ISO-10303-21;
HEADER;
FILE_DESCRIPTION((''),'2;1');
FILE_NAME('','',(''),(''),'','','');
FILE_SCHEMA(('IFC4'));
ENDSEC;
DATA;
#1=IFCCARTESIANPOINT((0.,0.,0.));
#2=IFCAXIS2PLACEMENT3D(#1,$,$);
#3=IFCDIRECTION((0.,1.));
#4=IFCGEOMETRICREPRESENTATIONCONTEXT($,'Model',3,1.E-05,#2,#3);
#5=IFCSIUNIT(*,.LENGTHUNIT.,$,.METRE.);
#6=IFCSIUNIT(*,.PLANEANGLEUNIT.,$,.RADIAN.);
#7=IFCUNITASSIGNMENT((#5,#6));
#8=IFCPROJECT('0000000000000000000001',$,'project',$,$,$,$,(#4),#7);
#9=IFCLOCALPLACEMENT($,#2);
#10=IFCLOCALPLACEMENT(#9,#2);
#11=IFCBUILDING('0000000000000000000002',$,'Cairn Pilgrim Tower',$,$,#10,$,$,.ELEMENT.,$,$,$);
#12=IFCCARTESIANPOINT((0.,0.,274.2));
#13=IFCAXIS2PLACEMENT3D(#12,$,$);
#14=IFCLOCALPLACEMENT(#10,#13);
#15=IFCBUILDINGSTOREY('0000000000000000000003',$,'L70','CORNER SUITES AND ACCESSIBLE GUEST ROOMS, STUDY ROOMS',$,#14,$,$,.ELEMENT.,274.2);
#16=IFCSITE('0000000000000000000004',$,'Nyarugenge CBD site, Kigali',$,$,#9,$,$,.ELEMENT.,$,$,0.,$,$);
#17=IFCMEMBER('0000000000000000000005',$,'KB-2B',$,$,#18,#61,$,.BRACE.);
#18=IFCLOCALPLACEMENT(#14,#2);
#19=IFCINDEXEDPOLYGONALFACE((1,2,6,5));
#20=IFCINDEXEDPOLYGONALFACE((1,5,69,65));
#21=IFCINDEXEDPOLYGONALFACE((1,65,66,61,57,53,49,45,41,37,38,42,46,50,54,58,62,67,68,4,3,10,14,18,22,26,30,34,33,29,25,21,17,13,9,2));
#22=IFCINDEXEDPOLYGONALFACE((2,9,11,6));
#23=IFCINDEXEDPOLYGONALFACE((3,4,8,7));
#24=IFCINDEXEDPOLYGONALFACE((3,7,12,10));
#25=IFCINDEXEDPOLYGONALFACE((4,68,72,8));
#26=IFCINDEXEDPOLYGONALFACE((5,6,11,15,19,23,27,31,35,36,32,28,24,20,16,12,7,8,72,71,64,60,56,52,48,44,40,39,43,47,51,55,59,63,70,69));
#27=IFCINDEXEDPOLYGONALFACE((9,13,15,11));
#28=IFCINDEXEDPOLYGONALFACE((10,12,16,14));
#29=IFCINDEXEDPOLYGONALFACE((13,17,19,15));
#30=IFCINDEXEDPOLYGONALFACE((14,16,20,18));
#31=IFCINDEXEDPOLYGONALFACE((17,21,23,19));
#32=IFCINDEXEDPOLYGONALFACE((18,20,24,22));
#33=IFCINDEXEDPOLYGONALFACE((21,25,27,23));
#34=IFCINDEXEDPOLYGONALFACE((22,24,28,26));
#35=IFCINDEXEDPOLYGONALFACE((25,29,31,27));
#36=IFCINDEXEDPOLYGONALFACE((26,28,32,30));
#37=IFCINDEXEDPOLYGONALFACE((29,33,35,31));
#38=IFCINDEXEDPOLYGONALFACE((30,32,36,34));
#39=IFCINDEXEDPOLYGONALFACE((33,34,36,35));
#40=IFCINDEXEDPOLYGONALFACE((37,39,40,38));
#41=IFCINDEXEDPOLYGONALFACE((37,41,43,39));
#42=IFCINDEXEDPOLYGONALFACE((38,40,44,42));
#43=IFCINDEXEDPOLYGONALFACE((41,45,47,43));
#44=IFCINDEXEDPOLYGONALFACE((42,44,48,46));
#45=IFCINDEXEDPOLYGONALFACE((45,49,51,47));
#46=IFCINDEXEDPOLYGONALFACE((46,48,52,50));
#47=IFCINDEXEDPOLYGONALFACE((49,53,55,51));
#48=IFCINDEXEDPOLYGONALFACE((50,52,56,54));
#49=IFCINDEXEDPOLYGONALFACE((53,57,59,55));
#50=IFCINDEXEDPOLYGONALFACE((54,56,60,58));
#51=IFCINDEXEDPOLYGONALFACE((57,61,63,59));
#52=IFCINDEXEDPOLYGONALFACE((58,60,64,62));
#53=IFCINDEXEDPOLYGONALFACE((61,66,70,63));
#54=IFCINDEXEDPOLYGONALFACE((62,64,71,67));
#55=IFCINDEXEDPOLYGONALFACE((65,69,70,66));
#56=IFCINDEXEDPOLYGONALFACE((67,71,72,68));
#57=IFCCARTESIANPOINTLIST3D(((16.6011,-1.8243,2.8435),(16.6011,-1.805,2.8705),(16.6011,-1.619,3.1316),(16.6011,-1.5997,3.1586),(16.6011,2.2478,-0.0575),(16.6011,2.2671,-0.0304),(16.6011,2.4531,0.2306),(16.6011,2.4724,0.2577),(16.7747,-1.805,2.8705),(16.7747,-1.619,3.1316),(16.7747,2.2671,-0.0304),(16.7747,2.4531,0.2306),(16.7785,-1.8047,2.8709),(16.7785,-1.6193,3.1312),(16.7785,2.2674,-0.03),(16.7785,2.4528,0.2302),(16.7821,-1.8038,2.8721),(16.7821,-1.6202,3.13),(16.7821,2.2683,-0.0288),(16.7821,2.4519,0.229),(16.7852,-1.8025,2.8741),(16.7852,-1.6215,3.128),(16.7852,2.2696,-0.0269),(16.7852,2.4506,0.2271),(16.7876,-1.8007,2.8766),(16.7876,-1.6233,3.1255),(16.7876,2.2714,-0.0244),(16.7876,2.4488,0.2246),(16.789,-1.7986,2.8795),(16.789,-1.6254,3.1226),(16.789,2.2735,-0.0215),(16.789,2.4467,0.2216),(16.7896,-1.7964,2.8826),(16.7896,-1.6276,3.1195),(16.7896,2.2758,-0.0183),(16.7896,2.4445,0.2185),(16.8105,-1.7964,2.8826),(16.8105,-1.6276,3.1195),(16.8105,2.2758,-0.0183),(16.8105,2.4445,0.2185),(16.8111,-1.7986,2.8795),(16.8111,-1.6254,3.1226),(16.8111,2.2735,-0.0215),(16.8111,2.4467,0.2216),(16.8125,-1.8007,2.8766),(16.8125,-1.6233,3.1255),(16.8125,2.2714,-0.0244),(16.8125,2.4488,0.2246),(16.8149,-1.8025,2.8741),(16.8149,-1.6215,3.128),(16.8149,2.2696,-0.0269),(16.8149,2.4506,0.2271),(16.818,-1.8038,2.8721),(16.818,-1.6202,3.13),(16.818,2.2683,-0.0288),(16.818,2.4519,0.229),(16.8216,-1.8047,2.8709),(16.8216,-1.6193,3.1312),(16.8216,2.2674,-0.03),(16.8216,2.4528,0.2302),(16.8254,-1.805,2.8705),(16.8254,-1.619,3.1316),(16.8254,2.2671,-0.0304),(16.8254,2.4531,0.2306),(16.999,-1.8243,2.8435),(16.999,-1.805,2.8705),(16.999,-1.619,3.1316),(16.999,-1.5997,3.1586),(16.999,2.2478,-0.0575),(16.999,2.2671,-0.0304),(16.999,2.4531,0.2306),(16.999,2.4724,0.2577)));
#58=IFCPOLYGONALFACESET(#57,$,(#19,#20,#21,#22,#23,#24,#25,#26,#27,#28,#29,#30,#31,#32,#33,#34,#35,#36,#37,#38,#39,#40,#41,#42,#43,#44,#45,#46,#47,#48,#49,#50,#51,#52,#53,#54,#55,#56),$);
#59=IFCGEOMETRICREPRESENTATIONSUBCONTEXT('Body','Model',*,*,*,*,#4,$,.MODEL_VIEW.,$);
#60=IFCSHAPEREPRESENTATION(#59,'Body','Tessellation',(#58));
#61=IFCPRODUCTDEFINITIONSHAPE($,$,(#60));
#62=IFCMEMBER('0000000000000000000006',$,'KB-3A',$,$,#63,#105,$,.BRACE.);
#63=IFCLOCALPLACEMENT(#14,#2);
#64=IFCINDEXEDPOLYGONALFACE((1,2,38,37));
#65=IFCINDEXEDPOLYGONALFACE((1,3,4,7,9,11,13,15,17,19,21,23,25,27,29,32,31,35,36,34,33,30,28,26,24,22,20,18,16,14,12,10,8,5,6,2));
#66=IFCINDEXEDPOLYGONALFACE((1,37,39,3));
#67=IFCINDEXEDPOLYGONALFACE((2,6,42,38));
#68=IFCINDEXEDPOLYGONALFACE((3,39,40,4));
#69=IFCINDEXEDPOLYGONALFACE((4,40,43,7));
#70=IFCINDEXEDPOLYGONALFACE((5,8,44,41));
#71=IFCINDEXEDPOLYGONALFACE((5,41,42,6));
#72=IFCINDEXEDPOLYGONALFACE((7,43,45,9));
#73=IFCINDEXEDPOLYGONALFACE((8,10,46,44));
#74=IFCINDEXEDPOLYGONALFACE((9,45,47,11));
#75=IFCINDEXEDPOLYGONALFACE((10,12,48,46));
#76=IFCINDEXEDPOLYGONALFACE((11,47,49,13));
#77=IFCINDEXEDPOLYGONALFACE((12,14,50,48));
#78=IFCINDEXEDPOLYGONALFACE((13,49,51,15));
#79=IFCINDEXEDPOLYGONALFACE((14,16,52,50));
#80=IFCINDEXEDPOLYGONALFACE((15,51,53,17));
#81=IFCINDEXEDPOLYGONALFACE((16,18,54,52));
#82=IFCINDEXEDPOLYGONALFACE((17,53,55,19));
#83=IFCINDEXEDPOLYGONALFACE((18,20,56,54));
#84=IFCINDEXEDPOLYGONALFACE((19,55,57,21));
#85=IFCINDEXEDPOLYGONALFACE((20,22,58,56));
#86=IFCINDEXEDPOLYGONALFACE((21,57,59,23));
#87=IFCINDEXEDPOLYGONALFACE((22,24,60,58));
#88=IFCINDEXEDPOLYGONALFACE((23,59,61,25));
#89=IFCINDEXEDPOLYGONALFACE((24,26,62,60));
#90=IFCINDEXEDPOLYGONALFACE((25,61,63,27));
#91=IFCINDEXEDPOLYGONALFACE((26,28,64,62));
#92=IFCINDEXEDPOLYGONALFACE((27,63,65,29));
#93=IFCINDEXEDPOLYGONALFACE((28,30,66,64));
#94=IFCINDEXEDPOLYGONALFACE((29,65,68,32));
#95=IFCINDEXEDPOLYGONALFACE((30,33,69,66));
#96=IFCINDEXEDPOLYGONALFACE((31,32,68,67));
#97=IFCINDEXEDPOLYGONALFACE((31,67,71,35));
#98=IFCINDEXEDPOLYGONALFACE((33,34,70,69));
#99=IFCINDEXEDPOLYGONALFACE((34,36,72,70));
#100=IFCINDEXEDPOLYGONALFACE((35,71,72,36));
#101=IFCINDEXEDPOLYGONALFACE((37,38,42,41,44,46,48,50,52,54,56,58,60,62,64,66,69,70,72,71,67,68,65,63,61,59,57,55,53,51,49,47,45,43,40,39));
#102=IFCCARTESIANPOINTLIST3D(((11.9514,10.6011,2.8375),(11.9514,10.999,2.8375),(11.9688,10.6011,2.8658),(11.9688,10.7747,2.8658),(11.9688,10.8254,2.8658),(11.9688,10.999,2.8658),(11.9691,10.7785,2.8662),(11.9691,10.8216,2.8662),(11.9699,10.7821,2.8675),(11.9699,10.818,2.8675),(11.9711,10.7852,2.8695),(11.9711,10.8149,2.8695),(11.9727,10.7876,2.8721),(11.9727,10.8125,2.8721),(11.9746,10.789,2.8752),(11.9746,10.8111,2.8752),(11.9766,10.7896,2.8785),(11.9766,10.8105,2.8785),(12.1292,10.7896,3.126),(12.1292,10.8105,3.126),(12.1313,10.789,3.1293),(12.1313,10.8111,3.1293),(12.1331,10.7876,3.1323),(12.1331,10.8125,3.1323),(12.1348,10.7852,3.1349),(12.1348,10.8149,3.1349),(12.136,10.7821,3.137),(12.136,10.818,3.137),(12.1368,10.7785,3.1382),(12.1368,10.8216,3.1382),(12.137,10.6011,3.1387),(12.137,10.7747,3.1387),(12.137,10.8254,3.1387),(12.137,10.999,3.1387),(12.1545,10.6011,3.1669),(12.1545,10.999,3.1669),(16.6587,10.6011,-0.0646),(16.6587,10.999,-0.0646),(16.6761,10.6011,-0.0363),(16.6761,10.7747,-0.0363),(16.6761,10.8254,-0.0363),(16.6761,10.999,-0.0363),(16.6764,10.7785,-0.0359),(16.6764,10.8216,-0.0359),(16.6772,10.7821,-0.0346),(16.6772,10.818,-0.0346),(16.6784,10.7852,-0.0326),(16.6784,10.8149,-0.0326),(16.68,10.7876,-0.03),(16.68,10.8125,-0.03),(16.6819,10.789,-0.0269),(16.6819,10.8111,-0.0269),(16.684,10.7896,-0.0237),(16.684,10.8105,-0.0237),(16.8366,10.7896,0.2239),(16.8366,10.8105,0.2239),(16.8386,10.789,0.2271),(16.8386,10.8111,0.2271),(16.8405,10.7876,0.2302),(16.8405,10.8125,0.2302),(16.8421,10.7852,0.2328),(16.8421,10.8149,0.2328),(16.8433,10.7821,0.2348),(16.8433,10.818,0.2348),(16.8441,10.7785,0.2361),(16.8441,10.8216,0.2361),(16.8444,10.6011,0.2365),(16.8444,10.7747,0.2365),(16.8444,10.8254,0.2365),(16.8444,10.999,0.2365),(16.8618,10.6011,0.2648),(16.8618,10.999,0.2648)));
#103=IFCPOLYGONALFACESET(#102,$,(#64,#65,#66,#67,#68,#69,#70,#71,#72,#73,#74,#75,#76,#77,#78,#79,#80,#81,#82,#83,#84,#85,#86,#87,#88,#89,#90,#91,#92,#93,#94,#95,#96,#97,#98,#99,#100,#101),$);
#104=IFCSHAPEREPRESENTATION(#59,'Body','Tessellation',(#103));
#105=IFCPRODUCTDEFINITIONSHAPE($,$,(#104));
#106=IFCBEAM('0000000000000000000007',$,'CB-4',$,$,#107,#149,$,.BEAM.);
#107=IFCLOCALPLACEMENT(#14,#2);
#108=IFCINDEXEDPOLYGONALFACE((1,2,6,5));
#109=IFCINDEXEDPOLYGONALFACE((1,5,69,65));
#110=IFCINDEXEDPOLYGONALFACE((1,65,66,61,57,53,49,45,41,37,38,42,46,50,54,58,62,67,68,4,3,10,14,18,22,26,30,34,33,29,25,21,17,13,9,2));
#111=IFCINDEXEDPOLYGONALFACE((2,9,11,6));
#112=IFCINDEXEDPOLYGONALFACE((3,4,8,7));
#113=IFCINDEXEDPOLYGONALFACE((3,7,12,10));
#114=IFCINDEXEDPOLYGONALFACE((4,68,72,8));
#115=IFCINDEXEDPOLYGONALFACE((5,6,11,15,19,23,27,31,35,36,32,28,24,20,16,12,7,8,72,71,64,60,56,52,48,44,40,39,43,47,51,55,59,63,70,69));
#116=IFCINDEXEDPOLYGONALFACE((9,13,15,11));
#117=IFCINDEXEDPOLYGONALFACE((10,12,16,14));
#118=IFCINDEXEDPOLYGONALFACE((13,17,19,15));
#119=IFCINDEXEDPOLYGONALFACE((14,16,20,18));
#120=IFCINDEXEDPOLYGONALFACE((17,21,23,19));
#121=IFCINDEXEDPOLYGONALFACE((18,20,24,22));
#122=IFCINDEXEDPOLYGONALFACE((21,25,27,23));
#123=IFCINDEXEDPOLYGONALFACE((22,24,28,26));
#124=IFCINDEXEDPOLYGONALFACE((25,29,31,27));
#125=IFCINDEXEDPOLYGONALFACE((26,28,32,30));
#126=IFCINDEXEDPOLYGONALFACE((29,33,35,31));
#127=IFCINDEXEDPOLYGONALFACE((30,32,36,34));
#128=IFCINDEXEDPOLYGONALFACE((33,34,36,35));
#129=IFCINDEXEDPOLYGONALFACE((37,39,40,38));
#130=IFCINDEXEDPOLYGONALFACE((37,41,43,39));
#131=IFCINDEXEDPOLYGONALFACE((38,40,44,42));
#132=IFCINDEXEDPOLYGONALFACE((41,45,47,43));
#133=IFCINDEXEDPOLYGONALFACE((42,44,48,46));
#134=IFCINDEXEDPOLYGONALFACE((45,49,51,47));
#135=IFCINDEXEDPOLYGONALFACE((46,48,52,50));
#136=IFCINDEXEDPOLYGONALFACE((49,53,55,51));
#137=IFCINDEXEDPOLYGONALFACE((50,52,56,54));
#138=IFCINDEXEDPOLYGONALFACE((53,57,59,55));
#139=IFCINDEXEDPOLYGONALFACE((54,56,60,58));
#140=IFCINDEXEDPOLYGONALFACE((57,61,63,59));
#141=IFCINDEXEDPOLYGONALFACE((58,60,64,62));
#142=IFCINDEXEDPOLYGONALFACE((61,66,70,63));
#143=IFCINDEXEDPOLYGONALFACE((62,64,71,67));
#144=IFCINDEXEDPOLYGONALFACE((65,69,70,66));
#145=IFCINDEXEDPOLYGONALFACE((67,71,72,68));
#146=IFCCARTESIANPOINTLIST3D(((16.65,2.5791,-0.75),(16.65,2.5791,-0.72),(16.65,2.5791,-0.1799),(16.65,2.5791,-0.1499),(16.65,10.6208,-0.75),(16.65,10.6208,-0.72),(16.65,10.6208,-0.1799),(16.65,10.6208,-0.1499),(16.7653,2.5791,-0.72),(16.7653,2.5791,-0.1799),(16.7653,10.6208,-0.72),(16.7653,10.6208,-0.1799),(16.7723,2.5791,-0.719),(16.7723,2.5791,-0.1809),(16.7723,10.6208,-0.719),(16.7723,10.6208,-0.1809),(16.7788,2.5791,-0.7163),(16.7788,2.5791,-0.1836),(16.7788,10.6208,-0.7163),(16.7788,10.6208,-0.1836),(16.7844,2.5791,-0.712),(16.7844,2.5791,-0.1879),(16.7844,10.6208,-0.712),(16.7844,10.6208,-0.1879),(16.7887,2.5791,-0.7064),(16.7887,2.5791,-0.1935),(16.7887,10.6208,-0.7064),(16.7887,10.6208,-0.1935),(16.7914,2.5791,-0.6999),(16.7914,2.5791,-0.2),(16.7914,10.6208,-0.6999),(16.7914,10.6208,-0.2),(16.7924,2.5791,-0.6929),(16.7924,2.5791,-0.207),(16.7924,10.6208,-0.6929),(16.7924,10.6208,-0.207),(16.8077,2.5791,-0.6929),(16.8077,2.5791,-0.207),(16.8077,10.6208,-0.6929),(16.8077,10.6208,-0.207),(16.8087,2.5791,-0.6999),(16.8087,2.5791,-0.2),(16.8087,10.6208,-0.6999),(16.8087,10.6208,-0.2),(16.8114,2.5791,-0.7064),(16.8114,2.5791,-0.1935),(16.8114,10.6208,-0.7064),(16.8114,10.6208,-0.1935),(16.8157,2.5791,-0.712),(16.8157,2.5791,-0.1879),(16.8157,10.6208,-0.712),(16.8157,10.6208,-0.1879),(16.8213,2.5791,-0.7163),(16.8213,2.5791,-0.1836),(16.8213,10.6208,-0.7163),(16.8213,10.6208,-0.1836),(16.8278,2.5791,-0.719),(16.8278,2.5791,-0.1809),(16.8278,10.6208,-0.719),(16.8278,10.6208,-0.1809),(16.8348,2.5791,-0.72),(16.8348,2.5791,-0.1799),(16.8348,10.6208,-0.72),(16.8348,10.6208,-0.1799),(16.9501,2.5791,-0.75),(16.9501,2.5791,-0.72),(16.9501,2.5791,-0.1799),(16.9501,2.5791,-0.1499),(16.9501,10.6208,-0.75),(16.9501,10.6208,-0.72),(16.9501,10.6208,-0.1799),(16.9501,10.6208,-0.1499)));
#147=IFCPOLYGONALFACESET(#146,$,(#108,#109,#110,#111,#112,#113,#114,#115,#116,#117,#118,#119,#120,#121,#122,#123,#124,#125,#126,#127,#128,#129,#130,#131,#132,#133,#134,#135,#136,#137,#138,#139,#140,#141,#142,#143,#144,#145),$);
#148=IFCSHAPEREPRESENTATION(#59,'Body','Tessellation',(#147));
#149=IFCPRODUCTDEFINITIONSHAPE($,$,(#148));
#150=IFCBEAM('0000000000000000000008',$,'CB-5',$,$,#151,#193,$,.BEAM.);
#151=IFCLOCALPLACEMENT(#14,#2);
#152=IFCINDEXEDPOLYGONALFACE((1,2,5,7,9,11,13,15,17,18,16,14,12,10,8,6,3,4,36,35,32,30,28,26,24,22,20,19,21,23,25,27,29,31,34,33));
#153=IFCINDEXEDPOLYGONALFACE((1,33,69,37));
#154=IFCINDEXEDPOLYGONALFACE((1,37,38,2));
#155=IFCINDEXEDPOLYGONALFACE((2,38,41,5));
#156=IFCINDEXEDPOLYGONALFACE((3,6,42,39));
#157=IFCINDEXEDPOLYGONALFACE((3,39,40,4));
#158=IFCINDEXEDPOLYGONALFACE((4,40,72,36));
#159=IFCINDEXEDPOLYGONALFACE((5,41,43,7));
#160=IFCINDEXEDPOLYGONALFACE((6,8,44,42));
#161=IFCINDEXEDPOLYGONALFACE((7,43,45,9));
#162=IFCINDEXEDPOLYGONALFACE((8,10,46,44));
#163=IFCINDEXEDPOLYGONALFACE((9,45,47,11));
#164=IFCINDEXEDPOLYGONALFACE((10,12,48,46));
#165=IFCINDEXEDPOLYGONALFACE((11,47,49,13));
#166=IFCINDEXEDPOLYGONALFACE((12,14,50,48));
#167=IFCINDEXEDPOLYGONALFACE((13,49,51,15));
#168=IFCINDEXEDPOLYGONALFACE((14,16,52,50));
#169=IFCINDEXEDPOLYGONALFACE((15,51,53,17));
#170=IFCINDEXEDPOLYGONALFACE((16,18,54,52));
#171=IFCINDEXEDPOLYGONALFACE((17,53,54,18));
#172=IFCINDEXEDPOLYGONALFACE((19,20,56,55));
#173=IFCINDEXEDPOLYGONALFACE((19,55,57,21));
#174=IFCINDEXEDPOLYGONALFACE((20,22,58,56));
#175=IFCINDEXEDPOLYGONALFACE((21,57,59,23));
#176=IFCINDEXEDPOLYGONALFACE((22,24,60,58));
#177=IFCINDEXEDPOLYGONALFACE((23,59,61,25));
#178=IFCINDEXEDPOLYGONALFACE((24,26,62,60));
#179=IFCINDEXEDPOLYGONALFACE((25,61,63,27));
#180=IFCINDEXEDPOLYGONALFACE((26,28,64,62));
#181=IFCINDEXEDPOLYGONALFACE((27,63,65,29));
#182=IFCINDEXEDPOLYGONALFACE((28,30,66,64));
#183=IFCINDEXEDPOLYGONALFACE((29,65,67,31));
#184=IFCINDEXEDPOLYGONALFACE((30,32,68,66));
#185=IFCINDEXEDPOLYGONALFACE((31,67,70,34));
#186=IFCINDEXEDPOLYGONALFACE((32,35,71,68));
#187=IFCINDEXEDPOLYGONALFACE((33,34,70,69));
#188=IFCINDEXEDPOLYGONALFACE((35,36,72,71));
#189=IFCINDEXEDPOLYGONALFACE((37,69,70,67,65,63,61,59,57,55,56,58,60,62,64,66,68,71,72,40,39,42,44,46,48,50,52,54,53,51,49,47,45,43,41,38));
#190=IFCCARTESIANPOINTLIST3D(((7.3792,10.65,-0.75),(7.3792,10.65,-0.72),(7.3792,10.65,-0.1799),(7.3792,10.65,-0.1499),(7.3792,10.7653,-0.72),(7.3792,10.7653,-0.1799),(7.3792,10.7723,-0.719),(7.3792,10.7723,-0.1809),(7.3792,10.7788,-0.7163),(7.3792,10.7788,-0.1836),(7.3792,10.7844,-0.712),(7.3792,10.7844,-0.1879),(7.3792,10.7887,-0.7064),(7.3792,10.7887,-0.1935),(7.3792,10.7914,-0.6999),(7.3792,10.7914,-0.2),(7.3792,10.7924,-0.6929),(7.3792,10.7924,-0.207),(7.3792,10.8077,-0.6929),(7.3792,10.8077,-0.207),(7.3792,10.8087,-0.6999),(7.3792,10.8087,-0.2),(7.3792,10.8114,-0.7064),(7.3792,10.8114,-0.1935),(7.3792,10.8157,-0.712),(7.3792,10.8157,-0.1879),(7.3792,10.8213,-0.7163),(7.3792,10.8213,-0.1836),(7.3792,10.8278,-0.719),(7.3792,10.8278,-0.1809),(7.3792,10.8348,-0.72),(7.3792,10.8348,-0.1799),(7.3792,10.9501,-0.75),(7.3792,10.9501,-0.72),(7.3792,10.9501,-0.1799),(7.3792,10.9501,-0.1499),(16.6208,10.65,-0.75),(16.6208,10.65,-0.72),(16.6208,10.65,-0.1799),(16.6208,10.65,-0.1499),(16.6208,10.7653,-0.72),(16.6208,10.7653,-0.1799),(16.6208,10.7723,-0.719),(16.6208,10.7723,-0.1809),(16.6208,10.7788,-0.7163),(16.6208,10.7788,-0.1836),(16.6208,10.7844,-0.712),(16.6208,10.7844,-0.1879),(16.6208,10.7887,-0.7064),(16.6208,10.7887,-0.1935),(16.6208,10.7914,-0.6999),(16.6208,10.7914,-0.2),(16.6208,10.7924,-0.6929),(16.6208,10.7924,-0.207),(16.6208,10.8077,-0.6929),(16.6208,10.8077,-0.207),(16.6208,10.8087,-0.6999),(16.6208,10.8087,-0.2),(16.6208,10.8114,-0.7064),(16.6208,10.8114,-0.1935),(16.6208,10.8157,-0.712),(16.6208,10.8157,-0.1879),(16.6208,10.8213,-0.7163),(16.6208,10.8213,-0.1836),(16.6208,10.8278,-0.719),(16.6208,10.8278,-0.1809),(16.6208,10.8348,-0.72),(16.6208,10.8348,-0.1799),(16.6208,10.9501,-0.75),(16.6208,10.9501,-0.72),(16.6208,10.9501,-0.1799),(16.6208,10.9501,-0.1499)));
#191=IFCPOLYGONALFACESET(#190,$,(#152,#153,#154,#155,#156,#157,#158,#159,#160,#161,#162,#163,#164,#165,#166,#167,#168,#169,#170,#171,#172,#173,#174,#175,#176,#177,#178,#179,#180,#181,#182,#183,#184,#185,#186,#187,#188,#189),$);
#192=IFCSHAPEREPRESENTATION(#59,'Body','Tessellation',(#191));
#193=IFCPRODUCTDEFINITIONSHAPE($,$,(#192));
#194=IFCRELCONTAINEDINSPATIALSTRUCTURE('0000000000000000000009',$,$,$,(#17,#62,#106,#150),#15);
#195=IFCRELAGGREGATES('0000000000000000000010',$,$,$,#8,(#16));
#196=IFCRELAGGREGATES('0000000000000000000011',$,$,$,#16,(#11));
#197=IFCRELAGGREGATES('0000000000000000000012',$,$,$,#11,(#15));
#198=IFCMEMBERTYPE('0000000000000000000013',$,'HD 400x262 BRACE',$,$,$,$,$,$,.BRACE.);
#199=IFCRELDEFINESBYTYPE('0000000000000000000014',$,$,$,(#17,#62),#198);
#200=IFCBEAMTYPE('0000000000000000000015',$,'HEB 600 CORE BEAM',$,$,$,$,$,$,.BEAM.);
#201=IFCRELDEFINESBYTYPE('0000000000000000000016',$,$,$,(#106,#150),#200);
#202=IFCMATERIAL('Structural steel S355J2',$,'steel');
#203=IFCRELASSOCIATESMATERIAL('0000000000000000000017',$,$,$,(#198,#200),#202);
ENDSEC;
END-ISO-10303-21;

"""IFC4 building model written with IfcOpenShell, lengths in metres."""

from ifc_helpers import new_model, si_unit, direction, frame, origin, origin_2d, place, context, subcontext, project, spatial, i_section, extrude, material, material_profile, profile_set, type_object, element, save


model = new_model("IFC4")

# Units and contexts
model_context = context("Model", 3, precision=1e-05, world=origin(), true_north=direction((0.0, 1.0)))
body_context = subcontext(model_context, "Body", "Model", "MODEL_VIEW")
ifc_project = project(units=[si_unit("LENGTHUNIT", "METRE"), si_unit("PLANEANGLEUNIT", "RADIAN")], contexts=[model_context])

# Site, building, storey
site_placement = place(None, origin())
site = spatial("IfcSite", under=ifc_project, at=site_placement, Name="Nyarugenge CBD site, Kigali", CompositionType="ELEMENT", RefElevation=0.0)
building_placement = place(site_placement, origin())
building = spatial("IfcBuilding", under=site, at=building_placement, Name="Cairn Pilgrim Tower", CompositionType="ELEMENT")
storey_placement = place(building_placement, frame((0.0, 0.0, 274.2)))
storey = spatial("IfcBuildingStorey", under=building, at=storey_placement, Name="L70", Description="CORNER SUITES AND ACCESSIBLE GUEST ROOMS, STUDY ROOMS", CompositionType="ELEMENT", Elevation=274.2)

# Shared definitions
ifc_material_1 = material(Name="Structural steel S355J2", Category="steel")

# Members
ifc_material_profile_1 = material_profile(ifc_material_1, i_section(OverallWidth=0.3979, OverallDepth=0.387, WebThickness=0.021, FlangeThickness=0.0332, FilletRadius=0.0149, at=origin_2d()), Name="HD 400x262")
ifc_profile_set_1 = profile_set([ifc_material_profile_1], Name="Structural steel S355J2")
member_type = type_object("IfcMemberType", Name="HD 400x262 BRACE", PredefinedType="BRACE", material=ifc_profile_set_1)
member_1_placement = place(storey_placement, frame((16.8, 2.3601, 0.1001), z_axis=(0.0, -0.814462, 0.580217), x_axis=(1.0, 0.0, 0.0)))
element("IfcMember", 1, at=member_1_placement, inside=storey, type_object=member_type, Name="KB-2B", PredefinedType="BRACE", context=body_context, shape_type="SweptSolid", body=[
    extrude(i_section(OverallWidth=0.3979, OverallDepth=0.387, WebThickness=0.021, FlangeThickness=0.0332, FilletRadius=0.0149, at=origin_2d()), origin(), (0.0, 0.0, 1.0), 4.9998),
])
member_2_placement = place(storey_placement, frame((16.7603, 10.8, 0.1001), z_axis=(-0.851229, 0.0, 0.524794), x_axis=(0.0, -1.0, 0.0)))
element("IfcMember", 2, at=member_2_placement, inside=storey, type_object=member_type, Name="KB-3A", PredefinedType="BRACE", context=body_context, shape_type="SweptSolid", body=[
    extrude(i_section(OverallWidth=0.3979, OverallDepth=0.387, WebThickness=0.021, FlangeThickness=0.0332, FilletRadius=0.0149, at=origin_2d()), origin(), (0.0, 0.0, 1.0), 5.53),
])

# Beams
ifc_material_profile_2 = material_profile(ifc_material_1, i_section(OverallWidth=0.3, OverallDepth=0.6001, WebThickness=0.0154, FlangeThickness=0.03, FilletRadius=0.0271, at=origin_2d()), Name="HEB 600")
ifc_profile_set_2 = profile_set([ifc_material_profile_2], Name="Structural steel S355J2")
beam_type_1 = type_object("IfcBeamType", Name="HEB 600 CORE BEAM", PredefinedType="BEAM", material=ifc_profile_set_2)
beam_1_placement = place(storey_placement, frame((16.8, 2.5791, -0.45), z_axis=(0.0, 1.0, 0.0), x_axis=(-1.0, 0.0, 0.0)))
element("IfcBeam", 3, at=beam_1_placement, inside=storey, type_object=beam_type_1, Name="CB-4", PredefinedType="BEAM", context=body_context, shape_type="SweptSolid", body=[
    extrude(i_section(OverallWidth=0.3, OverallDepth=0.6001, WebThickness=0.0154, FlangeThickness=0.03, FilletRadius=0.0271, at=origin_2d()), origin(), (0.0, 0.0, 1.0), 8.0417),
])
beam_2_placement = place(storey_placement, frame((16.6208, 10.8, -0.45), z_axis=(-1.0, 0.0, 0.0), x_axis=(0.0, -1.0, 0.0)))
element("IfcBeam", 4, at=beam_2_placement, inside=storey, type_object=beam_type_1, Name="CB-5", PredefinedType="BEAM", context=body_context, shape_type="SweptSolid", body=[
    extrude(i_section(OverallWidth=0.3, OverallDepth=0.6001, WebThickness=0.0154, FlangeThickness=0.03, FilletRadius=0.0271, at=origin_2d()), origin(), (0.0, 0.0, 1.0), 9.2417),
])

save(model, "model.ifc")
